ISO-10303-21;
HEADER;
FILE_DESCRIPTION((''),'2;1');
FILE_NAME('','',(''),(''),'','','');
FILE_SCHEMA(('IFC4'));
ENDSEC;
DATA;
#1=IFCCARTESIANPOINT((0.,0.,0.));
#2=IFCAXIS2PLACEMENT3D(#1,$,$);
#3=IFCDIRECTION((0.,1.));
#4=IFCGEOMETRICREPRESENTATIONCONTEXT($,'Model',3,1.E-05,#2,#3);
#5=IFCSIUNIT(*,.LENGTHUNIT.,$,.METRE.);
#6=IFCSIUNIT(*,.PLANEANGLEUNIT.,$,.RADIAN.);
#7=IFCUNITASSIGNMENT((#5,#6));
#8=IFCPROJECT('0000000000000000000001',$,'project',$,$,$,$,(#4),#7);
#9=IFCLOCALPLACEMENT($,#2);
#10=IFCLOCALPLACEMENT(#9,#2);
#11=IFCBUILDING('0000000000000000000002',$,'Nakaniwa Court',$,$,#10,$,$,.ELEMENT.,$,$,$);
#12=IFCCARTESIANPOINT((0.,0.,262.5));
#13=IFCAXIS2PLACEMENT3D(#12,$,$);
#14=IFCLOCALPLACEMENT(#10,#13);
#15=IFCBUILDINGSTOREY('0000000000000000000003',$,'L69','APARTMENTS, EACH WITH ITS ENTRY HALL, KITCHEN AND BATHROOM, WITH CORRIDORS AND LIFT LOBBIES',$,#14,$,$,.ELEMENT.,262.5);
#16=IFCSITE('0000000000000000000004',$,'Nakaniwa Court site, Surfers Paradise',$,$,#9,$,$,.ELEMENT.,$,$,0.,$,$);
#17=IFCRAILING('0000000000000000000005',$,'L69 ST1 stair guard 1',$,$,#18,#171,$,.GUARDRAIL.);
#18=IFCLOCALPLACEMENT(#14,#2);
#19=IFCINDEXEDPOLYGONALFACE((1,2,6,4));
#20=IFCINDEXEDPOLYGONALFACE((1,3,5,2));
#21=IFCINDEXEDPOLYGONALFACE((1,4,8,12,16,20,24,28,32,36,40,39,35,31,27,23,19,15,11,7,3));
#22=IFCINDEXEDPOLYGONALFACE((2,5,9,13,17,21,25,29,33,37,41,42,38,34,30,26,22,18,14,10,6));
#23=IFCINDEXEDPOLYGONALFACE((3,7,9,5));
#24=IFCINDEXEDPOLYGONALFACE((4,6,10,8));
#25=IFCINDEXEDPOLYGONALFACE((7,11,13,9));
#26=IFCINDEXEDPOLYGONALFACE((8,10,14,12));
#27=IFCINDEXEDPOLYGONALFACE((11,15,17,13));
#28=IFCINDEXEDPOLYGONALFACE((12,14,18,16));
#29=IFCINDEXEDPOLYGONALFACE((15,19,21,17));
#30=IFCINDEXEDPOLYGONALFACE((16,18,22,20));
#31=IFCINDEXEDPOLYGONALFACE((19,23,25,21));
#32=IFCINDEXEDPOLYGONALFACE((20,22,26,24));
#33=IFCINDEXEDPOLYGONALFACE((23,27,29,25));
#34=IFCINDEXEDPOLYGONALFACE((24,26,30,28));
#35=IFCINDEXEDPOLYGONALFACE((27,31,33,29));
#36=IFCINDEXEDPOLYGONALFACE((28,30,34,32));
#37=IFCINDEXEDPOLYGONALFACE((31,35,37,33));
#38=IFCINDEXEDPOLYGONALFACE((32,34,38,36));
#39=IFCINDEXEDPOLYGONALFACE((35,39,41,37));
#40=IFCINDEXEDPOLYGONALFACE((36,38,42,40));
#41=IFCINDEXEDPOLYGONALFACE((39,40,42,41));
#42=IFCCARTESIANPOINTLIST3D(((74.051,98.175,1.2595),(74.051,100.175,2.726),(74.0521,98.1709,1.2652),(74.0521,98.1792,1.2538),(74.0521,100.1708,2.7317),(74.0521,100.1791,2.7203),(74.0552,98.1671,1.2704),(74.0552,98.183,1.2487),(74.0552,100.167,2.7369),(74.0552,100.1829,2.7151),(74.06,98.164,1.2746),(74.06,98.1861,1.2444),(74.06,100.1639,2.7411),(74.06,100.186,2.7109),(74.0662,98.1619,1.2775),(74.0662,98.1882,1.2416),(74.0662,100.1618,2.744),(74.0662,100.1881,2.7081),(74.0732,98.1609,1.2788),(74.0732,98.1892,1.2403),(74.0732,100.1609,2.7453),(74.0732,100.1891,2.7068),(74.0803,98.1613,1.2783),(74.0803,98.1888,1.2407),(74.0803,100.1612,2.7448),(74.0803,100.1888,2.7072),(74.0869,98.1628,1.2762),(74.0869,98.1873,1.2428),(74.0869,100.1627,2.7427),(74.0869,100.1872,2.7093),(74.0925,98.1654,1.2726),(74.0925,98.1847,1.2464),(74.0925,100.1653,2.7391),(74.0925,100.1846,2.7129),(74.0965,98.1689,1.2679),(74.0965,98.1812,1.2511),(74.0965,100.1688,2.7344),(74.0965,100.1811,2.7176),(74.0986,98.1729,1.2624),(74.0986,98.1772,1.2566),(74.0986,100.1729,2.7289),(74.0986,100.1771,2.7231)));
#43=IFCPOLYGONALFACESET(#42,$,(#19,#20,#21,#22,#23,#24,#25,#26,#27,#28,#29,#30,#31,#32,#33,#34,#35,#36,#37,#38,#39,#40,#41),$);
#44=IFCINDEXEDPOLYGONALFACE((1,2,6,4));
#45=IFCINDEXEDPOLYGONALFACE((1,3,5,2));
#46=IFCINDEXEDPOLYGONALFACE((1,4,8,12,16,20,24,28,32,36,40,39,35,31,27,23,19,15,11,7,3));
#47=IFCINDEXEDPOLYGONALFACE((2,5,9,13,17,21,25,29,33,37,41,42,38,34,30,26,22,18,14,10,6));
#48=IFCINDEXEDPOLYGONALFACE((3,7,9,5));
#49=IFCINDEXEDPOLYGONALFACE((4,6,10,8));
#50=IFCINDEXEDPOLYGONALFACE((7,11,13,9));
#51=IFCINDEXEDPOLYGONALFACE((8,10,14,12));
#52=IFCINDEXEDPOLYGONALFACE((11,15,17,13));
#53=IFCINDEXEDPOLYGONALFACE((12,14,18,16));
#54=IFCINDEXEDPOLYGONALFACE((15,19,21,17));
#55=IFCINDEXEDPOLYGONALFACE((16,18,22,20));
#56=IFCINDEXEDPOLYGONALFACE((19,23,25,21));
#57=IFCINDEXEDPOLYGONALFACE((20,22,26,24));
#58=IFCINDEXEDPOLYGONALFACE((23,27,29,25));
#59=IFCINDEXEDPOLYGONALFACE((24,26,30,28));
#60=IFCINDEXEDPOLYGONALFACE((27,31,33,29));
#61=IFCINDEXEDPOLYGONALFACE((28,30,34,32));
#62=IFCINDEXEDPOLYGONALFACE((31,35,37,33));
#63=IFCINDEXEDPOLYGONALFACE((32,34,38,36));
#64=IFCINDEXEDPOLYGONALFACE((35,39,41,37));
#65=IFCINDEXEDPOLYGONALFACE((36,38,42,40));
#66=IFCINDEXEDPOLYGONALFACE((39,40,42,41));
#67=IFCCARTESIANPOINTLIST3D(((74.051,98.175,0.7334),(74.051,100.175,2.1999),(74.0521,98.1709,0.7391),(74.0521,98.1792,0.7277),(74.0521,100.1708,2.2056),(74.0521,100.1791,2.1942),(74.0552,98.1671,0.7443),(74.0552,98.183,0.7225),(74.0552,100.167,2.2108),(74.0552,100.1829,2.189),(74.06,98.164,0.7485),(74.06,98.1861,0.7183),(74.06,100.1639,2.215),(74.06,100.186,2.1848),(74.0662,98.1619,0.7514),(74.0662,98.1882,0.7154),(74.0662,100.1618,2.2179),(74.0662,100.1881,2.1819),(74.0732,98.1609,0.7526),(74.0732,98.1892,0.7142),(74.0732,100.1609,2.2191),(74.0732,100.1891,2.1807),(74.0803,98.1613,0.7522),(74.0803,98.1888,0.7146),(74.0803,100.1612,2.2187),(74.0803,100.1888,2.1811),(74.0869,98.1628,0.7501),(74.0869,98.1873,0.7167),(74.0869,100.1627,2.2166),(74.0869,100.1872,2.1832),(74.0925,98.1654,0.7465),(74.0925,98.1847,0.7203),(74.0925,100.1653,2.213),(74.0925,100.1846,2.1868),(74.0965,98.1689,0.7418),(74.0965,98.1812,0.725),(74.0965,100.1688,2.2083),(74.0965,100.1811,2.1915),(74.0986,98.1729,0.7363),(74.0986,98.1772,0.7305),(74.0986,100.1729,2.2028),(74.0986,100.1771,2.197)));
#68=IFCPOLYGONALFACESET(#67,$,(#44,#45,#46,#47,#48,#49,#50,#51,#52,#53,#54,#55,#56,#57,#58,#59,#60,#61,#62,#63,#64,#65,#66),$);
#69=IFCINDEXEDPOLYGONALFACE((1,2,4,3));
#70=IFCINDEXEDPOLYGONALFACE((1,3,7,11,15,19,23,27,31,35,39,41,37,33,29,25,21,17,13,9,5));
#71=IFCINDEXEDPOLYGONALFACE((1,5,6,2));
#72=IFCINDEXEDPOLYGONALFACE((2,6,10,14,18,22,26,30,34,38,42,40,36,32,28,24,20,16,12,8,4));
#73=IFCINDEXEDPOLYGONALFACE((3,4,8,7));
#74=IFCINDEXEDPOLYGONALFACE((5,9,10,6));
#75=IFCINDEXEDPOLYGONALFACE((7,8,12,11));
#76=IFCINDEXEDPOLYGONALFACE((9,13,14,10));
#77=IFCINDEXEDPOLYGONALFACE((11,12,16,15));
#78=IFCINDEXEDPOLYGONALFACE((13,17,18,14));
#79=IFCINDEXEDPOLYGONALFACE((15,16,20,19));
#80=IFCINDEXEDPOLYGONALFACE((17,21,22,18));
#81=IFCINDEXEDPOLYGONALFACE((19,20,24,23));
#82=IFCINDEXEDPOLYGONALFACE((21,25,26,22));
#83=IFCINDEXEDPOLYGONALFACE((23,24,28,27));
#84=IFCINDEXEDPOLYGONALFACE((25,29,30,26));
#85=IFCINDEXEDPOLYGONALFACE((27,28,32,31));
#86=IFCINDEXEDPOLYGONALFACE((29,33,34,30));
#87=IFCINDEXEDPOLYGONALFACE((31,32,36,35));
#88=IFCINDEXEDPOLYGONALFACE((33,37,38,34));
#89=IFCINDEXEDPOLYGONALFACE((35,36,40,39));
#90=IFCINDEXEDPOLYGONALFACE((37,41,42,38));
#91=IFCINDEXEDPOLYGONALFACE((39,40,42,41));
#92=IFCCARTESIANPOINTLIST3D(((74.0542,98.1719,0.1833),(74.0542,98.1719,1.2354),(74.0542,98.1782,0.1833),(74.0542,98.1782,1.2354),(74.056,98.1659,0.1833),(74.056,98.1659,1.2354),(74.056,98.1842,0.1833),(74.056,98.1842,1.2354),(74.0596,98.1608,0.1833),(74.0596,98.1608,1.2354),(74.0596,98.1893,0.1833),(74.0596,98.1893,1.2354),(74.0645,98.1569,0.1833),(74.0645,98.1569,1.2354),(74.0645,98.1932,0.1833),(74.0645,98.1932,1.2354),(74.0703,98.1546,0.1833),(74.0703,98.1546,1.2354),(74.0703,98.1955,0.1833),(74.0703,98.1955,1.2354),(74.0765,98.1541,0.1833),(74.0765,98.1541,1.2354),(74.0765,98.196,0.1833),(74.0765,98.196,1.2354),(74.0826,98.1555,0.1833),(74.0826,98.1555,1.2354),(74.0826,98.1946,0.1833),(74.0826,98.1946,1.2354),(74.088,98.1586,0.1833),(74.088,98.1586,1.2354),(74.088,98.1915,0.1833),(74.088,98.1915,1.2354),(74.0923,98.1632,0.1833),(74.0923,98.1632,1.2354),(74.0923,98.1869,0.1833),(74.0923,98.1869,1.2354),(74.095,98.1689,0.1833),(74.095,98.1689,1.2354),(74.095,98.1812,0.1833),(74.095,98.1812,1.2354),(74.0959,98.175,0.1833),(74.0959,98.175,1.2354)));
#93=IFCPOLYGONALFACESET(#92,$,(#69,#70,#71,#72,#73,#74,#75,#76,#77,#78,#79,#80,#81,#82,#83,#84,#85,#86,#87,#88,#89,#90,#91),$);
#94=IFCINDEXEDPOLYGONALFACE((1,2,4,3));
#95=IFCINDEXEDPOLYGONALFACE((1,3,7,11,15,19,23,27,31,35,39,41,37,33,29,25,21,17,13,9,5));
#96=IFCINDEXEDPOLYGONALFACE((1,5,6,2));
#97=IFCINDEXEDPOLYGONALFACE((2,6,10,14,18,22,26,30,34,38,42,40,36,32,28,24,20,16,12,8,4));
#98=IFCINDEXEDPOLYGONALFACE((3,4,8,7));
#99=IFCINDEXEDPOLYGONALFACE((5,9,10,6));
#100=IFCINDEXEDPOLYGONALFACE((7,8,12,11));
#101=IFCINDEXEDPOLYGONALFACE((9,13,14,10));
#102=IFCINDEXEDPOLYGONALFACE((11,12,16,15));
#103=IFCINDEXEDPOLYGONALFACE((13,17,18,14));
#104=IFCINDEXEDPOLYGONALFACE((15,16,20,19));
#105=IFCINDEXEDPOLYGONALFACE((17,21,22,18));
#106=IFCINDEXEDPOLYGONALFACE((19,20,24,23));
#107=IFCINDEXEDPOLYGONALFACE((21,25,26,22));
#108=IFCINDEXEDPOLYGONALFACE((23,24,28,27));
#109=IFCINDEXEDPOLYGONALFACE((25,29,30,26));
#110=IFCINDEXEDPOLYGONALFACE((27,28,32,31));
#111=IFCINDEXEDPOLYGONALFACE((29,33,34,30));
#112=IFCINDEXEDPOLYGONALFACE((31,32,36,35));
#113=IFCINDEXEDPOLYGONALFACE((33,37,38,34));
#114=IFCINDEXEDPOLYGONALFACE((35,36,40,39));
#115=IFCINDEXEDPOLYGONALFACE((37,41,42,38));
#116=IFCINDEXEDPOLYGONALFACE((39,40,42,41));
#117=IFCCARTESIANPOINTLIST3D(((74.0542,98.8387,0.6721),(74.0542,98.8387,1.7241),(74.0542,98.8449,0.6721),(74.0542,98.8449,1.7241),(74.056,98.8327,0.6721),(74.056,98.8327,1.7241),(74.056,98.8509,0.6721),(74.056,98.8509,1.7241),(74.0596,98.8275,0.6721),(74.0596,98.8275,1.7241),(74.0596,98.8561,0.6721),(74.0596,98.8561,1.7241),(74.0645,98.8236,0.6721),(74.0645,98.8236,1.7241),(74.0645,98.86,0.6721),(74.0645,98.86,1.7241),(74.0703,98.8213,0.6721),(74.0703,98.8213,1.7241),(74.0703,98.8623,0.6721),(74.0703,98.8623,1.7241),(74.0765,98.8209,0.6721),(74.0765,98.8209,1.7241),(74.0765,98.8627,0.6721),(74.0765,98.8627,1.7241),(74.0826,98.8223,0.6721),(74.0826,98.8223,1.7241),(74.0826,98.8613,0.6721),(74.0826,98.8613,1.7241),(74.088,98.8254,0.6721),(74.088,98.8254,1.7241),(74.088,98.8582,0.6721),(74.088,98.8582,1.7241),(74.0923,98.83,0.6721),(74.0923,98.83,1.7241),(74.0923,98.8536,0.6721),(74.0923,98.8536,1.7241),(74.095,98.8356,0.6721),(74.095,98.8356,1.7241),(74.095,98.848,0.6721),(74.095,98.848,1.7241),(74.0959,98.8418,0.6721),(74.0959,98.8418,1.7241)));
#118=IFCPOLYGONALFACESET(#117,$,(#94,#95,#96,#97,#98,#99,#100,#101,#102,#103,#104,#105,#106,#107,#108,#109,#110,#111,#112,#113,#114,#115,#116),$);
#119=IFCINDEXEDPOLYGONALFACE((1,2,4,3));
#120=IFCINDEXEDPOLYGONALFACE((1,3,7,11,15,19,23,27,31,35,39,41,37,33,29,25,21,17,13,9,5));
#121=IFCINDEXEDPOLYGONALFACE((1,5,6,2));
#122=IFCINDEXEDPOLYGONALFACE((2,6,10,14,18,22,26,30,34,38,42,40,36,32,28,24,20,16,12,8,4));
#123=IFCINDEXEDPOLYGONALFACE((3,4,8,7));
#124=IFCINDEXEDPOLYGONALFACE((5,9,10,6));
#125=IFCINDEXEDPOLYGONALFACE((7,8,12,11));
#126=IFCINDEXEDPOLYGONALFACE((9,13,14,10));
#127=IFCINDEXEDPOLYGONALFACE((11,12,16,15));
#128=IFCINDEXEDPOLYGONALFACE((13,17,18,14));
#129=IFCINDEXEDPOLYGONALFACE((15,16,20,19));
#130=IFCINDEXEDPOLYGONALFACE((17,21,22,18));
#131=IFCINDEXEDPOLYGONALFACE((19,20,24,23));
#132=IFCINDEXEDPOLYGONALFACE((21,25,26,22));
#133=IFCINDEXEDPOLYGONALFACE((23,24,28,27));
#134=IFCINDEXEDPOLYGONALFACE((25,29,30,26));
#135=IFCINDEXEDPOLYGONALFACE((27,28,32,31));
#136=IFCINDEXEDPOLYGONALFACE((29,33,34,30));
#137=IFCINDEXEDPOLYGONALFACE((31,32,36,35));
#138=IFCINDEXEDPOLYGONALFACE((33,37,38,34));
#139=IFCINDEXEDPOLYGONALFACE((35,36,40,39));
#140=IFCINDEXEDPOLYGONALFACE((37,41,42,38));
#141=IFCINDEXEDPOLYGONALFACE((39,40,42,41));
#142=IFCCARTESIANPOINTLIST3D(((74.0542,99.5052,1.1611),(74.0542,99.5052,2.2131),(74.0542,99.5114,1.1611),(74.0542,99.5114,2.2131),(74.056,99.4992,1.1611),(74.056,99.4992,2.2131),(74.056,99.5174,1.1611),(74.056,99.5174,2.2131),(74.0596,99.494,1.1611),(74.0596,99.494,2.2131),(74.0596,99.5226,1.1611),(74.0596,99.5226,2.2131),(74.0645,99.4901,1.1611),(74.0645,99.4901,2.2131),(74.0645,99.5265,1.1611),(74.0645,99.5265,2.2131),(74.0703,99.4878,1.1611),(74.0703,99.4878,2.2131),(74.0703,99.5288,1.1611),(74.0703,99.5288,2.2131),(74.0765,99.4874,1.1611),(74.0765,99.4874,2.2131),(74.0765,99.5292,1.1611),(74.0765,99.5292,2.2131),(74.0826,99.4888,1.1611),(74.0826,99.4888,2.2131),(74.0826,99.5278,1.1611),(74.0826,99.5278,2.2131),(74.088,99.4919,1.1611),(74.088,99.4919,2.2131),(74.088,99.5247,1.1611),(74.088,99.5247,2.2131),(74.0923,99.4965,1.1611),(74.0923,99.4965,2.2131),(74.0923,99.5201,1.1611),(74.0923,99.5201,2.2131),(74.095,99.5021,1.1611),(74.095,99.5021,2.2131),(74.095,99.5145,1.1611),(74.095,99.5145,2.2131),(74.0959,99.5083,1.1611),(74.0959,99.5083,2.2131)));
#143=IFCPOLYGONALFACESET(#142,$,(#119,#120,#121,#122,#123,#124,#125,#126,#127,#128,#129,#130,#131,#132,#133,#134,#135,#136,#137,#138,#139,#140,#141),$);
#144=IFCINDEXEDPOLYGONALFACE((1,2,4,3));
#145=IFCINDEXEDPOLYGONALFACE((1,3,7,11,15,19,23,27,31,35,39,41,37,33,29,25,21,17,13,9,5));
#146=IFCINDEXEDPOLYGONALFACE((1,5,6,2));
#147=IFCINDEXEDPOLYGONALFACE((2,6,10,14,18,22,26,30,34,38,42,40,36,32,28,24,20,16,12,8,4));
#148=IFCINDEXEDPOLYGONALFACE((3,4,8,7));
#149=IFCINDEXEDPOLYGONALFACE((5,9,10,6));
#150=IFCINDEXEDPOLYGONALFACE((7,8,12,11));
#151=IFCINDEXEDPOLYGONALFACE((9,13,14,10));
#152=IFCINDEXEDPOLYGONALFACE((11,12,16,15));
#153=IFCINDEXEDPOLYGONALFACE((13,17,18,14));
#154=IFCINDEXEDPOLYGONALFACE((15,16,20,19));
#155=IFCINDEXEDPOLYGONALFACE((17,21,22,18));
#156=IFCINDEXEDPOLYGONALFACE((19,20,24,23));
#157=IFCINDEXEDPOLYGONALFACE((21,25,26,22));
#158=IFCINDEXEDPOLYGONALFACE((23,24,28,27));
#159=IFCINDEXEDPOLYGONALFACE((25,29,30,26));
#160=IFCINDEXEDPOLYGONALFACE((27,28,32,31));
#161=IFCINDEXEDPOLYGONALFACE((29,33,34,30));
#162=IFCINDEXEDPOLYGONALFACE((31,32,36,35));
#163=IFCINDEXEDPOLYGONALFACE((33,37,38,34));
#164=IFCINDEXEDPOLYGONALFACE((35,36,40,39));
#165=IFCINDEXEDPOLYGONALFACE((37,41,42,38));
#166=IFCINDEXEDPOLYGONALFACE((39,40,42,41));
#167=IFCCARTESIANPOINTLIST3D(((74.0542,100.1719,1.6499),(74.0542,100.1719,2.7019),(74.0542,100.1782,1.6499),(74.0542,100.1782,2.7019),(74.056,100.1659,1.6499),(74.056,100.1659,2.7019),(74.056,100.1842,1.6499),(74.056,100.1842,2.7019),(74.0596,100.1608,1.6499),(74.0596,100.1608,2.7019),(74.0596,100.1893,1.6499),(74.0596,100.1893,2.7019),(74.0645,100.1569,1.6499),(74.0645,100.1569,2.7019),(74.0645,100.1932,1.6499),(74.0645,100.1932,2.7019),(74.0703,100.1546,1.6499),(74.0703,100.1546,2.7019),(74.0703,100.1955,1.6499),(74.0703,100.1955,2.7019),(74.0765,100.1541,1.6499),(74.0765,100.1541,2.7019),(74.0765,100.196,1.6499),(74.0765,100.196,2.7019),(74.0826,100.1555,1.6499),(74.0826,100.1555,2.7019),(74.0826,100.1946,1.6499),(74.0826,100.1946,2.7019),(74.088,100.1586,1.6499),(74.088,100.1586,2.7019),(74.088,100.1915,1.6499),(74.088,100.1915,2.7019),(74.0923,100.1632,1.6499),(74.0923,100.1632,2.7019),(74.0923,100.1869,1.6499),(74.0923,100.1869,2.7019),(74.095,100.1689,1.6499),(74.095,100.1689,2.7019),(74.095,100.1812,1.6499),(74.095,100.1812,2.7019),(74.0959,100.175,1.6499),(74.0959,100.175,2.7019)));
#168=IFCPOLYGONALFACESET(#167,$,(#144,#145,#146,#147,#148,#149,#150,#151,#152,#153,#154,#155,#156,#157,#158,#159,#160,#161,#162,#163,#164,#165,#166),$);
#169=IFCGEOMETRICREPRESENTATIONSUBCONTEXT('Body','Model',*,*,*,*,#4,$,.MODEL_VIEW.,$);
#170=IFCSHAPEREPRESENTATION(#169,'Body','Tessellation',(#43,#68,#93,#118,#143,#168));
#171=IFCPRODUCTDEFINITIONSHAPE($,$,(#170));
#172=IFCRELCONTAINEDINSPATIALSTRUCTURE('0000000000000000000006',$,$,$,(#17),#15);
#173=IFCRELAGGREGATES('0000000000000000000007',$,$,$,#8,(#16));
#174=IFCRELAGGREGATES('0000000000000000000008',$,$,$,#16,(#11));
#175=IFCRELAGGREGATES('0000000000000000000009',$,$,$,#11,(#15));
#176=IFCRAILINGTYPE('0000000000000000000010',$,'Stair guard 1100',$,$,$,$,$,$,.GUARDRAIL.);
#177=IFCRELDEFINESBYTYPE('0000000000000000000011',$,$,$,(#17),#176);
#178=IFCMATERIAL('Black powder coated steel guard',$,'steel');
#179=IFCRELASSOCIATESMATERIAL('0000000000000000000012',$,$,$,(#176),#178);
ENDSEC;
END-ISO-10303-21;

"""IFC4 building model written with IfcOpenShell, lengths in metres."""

from ifc_helpers import new_model, si_unit, direction, frame, origin, origin_2d, place, context, subcontext, project, spatial, circle, extrude, material, type_object, element, save


model = new_model("IFC4")

# Units and contexts
model_context = context("Model", 3, precision=1e-05, world=origin(), true_north=direction((0.0, 1.0)))
body_context = subcontext(model_context, "Body", "Model", "MODEL_VIEW")
ifc_project = project(units=[si_unit("LENGTHUNIT", "METRE"), si_unit("PLANEANGLEUNIT", "RADIAN")], contexts=[model_context])

# Site, building, storey
site_placement = place(None, origin())
site = spatial("IfcSite", under=ifc_project, at=site_placement, Name="Nakaniwa Court site, Surfers Paradise", CompositionType="ELEMENT", RefElevation=0.0)
building_placement = place(site_placement, origin())
building = spatial("IfcBuilding", under=site, at=building_placement, Name="Nakaniwa Court", CompositionType="ELEMENT")
storey_placement = place(building_placement, frame((0.0, 0.0, 262.5)))
storey = spatial("IfcBuildingStorey", under=building, at=storey_placement, Name="L69", Description="APARTMENTS, EACH WITH ITS ENTRY HALL, KITCHEN AND BATHROOM, WITH CORRIDORS AND LIFT LOBBIES", CompositionType="ELEMENT", Elevation=262.5)

# Railing
ifc_material_1 = material(Name="Black powder coated steel guard", Category="steel")
railing_type_1 = type_object("IfcRailingType", Name="Stair guard 1100", PredefinedType="GUARDRAIL", material=ifc_material_1)
railing_1_placement = place(storey_placement, frame((74.075, 98.175, 0.1833)))
element("IfcRailing", 1, at=railing_1_placement, inside=storey, type_object=railing_type_1, Name="L69 ST1 stair guard 1", PredefinedType="GUARDRAIL", context=body_context, shape_type="SweptSolid", body=[
    extrude(circle(Radius=0.0239, at=origin_2d()), frame((0.0, 0.0, 1.0762), z_axis=(0.0, 0.806427, 0.591334), x_axis=(-1.0, 0.0, 0.0)), (0.0, 0.0, 1.0), 2.48),
    extrude(circle(Radius=0.0239, at=origin_2d()), frame((0.0, 0.0, 0.55), z_axis=(0.0, 0.806427, 0.591334), x_axis=(-1.0, 0.0, 0.0)), (0.0, 0.0, 1.0), 2.48),
    extrude(circle(Radius=0.021, at=origin_2d()), origin(), (0.0, 0.0, 1.0), 1.052),
    extrude(circle(Radius=0.021, at=origin_2d()), frame((0.0, 0.6667, 0.4888)), (0.0, 0.0, 1.0), 1.052),
    extrude(circle(Radius=0.021, at=origin_2d()), frame((0.0, 1.3333, 0.9778)), (0.0, 0.0, 1.0), 1.052),
    extrude(circle(Radius=0.021, at=origin_2d()), frame((0.0, 2.0, 1.4666)), (0.0, 0.0, 1.0), 1.052),
])

save(model, "model.ifc")
